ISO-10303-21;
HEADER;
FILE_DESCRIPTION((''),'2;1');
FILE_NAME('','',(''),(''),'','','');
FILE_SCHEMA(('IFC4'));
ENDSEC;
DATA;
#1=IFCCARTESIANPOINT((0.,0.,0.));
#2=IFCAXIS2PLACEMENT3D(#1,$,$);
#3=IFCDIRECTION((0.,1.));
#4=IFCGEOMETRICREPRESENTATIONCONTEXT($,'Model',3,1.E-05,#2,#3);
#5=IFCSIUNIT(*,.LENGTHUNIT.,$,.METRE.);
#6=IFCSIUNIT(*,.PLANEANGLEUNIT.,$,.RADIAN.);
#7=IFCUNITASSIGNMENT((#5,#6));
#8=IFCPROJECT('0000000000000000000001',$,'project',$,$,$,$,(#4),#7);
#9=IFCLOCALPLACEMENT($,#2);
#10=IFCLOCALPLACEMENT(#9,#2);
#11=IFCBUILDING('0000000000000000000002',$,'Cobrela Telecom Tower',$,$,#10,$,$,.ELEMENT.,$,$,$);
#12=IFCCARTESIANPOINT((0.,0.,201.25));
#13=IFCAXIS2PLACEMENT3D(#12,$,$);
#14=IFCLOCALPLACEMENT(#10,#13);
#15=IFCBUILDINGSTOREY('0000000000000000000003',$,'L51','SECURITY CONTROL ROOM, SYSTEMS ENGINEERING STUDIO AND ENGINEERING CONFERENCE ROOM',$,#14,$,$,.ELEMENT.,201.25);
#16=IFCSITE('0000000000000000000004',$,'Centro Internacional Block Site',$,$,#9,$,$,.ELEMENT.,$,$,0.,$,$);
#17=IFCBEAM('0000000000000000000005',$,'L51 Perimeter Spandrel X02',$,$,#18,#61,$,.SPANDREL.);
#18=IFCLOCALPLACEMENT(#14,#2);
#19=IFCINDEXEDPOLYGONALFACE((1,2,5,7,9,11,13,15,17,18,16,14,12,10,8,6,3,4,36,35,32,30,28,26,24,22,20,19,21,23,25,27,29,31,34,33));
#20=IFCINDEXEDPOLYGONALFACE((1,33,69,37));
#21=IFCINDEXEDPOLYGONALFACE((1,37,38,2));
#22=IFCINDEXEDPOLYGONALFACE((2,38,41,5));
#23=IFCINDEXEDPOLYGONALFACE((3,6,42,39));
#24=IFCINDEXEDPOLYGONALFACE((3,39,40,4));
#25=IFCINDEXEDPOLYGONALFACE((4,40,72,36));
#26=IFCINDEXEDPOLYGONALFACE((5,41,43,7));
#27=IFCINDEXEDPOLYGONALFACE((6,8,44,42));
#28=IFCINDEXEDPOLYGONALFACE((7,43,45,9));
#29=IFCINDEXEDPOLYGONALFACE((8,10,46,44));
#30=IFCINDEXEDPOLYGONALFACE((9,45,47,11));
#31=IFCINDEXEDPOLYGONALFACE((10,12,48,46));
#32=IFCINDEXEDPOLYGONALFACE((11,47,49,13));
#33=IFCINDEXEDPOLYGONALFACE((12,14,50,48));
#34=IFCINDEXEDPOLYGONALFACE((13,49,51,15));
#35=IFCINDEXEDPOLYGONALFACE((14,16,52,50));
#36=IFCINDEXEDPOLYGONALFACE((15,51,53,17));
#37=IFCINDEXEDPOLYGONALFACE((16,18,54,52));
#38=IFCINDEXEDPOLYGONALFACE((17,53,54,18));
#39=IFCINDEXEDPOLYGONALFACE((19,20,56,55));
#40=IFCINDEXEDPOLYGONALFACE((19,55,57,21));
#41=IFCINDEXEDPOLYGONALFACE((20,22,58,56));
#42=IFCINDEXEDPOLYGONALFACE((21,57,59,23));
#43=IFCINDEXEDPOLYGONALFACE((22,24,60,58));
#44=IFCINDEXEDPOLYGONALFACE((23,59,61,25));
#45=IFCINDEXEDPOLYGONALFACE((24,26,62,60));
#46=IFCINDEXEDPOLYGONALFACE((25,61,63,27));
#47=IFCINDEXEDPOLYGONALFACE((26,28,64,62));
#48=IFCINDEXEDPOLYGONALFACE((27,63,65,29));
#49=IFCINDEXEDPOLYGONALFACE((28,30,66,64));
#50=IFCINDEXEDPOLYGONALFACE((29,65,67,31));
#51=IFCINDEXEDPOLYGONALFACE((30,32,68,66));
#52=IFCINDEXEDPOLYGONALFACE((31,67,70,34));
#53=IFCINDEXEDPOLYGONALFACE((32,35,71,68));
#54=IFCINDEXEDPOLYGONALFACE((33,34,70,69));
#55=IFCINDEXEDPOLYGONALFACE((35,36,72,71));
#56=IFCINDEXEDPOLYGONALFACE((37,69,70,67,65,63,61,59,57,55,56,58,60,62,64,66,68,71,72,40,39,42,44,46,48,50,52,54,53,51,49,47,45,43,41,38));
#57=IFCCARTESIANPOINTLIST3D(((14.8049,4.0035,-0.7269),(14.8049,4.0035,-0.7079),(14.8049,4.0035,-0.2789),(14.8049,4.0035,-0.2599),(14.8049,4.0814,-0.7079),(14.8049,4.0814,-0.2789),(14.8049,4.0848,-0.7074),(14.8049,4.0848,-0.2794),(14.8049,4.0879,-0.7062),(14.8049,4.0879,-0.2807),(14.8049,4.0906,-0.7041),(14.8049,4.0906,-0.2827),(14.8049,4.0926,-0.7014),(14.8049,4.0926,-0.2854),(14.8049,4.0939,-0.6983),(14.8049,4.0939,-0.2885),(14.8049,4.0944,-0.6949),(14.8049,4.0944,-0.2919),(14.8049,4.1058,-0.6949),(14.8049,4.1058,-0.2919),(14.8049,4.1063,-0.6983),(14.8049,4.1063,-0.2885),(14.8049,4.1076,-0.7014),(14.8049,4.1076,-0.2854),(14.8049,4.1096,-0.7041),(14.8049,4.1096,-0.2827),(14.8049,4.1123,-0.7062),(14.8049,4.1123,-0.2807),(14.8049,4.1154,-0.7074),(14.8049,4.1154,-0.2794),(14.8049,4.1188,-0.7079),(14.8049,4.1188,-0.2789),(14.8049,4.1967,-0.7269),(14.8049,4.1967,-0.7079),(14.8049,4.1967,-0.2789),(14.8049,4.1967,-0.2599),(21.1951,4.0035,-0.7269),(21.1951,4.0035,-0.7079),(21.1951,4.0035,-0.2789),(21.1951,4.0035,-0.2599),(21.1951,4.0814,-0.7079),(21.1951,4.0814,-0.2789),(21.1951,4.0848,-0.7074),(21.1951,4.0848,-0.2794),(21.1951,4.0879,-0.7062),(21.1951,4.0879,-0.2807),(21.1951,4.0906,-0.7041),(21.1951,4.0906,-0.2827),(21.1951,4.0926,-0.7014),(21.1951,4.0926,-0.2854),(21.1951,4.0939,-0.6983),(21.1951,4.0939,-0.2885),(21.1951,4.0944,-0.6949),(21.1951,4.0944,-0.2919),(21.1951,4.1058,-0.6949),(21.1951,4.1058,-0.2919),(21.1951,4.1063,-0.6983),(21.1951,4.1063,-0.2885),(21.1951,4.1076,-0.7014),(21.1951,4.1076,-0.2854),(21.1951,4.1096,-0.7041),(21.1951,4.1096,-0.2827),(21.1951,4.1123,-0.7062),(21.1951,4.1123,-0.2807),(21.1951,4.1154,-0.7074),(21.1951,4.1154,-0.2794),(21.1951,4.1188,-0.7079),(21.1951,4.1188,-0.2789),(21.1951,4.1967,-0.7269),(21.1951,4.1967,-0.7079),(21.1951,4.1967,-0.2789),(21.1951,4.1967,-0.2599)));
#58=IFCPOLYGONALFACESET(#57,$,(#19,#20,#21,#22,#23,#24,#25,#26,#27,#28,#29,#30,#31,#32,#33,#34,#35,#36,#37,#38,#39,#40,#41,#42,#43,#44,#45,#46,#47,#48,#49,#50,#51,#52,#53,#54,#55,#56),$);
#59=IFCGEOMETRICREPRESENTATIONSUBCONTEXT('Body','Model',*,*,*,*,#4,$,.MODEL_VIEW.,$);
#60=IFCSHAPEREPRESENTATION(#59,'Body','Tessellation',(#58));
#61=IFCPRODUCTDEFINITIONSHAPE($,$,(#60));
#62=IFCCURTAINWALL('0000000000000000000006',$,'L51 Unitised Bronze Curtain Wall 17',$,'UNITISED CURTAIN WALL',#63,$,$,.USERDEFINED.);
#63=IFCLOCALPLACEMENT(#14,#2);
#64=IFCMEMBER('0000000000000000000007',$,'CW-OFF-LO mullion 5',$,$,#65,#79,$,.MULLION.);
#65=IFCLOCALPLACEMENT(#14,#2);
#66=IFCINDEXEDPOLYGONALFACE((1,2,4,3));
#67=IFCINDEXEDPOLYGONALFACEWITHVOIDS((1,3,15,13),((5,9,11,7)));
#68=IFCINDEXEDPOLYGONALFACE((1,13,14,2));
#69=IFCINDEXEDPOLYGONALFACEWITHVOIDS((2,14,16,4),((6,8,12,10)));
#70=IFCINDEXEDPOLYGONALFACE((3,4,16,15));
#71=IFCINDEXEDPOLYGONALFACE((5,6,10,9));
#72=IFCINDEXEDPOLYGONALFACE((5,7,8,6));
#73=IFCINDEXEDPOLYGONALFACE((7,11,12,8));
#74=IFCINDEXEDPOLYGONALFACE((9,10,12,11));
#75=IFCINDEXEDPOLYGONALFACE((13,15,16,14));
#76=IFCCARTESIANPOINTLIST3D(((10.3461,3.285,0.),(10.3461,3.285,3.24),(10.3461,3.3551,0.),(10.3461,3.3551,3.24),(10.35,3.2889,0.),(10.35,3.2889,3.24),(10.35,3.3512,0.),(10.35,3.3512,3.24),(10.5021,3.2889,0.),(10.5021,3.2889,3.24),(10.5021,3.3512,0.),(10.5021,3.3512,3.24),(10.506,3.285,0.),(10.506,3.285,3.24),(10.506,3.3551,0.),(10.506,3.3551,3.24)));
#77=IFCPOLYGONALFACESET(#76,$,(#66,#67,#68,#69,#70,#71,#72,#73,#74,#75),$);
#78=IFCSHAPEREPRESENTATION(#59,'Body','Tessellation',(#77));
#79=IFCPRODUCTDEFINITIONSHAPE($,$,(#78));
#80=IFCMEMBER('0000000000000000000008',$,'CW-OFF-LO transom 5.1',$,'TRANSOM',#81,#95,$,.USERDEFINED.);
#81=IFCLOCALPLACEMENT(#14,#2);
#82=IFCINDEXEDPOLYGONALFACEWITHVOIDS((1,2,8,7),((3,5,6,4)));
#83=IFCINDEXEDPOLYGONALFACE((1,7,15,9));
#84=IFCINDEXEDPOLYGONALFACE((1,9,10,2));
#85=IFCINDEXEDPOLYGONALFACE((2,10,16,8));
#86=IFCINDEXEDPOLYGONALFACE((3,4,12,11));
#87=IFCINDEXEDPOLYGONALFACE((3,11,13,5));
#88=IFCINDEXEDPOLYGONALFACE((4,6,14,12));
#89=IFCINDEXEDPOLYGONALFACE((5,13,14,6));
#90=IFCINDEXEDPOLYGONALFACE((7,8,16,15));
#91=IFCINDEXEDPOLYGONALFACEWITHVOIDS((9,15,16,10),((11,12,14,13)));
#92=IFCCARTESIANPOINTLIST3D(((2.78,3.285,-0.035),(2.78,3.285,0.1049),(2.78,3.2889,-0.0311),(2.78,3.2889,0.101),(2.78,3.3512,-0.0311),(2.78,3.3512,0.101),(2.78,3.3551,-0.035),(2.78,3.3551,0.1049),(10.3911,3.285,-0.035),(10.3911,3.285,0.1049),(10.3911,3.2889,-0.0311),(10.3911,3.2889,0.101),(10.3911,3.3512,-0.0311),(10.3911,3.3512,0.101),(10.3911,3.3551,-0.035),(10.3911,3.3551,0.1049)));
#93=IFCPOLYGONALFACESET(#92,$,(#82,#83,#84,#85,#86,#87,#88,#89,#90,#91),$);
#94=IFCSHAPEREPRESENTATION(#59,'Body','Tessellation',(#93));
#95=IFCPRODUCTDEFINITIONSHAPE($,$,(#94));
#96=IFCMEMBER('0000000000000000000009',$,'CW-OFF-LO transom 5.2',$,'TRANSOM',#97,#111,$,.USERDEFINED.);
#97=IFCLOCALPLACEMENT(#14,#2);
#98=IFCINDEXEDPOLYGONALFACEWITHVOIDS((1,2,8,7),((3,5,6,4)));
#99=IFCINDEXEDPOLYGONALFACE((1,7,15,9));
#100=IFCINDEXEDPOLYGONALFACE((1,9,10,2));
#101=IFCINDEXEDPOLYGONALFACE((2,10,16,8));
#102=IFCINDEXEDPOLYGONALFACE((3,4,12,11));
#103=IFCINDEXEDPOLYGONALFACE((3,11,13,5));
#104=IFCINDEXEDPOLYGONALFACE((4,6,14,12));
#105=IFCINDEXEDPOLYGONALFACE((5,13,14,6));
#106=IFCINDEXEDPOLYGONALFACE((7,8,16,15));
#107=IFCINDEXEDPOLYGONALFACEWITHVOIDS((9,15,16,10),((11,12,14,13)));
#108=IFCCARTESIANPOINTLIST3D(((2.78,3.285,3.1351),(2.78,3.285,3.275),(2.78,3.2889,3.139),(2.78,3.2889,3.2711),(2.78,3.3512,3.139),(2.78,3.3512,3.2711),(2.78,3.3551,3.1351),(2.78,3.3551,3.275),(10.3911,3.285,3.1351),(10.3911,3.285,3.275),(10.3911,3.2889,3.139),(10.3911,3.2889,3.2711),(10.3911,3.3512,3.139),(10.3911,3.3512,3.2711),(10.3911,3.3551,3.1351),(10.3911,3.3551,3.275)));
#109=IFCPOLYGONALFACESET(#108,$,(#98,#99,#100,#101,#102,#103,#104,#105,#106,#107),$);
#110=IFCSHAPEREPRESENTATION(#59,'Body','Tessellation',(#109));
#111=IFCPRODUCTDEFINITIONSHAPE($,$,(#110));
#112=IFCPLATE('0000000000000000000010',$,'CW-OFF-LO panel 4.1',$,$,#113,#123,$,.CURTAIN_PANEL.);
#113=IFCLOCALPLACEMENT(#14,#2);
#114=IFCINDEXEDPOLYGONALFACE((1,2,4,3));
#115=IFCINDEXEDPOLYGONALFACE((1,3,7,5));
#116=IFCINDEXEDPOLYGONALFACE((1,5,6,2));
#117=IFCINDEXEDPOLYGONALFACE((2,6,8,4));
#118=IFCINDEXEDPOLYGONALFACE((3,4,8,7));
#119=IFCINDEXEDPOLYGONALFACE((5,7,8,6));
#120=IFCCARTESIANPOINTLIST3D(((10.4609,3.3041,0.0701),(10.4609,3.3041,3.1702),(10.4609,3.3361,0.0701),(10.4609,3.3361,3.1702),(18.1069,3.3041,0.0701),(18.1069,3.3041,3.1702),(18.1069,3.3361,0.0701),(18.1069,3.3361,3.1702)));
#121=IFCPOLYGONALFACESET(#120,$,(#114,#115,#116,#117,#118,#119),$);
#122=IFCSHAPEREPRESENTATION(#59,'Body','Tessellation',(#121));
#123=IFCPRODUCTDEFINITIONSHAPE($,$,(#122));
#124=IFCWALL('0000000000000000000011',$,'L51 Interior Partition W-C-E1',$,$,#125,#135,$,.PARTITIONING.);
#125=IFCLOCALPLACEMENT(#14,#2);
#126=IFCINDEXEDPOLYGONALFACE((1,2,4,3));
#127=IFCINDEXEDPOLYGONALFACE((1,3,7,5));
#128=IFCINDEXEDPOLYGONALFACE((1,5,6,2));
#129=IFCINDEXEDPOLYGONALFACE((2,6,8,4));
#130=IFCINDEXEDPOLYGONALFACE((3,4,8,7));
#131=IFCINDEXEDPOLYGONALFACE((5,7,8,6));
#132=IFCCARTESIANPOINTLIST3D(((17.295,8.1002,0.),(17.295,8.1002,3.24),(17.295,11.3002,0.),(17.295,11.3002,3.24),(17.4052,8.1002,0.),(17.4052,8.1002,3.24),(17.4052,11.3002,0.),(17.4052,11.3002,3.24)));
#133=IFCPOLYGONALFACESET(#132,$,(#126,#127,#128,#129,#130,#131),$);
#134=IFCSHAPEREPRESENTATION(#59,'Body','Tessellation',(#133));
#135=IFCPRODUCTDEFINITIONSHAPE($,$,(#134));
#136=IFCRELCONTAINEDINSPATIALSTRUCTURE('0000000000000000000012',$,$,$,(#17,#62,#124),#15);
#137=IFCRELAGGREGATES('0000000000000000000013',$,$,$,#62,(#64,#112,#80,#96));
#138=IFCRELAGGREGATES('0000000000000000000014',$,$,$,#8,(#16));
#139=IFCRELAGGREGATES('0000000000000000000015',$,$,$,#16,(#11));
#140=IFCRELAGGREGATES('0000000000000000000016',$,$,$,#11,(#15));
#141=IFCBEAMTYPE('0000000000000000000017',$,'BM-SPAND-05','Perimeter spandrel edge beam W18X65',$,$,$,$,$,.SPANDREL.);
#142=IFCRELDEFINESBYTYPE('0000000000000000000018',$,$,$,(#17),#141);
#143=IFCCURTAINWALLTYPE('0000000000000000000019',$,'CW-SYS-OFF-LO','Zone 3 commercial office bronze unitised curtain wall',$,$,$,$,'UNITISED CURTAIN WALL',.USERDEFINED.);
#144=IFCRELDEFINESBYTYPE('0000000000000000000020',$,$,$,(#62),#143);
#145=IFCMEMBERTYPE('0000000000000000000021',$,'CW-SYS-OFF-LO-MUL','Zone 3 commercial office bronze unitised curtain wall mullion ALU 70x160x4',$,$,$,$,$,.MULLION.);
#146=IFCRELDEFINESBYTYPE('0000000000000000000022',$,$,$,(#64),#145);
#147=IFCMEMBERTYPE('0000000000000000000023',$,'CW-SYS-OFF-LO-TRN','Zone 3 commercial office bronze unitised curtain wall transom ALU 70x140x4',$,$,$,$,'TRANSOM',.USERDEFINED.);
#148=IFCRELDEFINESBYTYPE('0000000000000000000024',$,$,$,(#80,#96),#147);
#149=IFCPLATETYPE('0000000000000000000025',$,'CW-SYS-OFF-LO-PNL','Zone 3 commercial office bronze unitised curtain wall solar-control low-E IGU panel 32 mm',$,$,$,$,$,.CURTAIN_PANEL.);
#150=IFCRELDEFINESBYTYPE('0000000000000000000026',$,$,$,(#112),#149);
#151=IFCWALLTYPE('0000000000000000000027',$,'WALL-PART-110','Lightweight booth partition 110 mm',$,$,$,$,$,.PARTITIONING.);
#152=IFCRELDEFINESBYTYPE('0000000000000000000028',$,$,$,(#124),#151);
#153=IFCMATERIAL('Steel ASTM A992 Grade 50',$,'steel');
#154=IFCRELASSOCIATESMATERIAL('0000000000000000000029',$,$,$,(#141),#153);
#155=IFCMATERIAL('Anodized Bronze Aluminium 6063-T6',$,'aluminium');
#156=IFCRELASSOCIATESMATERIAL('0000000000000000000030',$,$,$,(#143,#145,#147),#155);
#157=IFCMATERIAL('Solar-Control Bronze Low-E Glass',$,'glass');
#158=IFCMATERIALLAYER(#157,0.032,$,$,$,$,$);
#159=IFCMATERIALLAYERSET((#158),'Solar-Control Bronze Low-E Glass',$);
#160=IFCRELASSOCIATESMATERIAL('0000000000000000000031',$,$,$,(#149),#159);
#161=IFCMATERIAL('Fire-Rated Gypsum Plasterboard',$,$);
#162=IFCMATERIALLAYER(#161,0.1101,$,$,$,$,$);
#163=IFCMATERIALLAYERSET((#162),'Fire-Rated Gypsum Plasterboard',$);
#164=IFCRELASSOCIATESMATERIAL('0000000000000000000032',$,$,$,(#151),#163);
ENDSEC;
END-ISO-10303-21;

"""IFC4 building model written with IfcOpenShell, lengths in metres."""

from ifc_helpers import new_model, si_unit, direction, frame, frame_2d, origin, origin_2d, place, context, subcontext, project, spatial, rectangle, hollow_rectangle, i_section, extrude, material, layer, layer_set, material_profile, profile_set, type_object, element, aggregate, save


model = new_model("IFC4")

# Units and contexts
model_context = context("Model", 3, precision=1e-05, world=origin(), true_north=direction((0.0, 1.0)))
body_context = subcontext(model_context, "Body", "Model", "MODEL_VIEW")
ifc_project = project(units=[si_unit("LENGTHUNIT", "METRE"), si_unit("PLANEANGLEUNIT", "RADIAN")], contexts=[model_context])

# Site, building, storey
site_placement = place(None, origin())
site = spatial("IfcSite", under=ifc_project, at=site_placement, Name="Centro Internacional Block Site", CompositionType="ELEMENT", RefElevation=0.0)
building_placement = place(site_placement, origin())
building = spatial("IfcBuilding", under=site, at=building_placement, Name="Cobrela Telecom Tower", CompositionType="ELEMENT")
storey_placement = place(building_placement, frame((0.0, 0.0, 201.25)))
storey = spatial("IfcBuildingStorey", under=building, at=storey_placement, Name="L51", Description="SECURITY CONTROL ROOM, SYSTEMS ENGINEERING STUDIO AND ENGINEERING CONFERENCE ROOM", CompositionType="ELEMENT", Elevation=201.25)

# Beam
ifc_material_1 = material(Name="Steel ASTM A992 Grade 50", Category="steel")
ifc_material_profile_1 = material_profile(ifc_material_1, i_section(OverallWidth=0.1931, OverallDepth=0.467, WebThickness=0.0115, FlangeThickness=0.019, FilletRadius=0.0129, at=origin_2d()), Name="W18X65")
ifc_profile_set_1 = profile_set([ifc_material_profile_1], Name="Steel ASTM A992 Grade 50")
beam_type_1 = type_object("IfcBeamType", Name="BM-SPAND-05", Description="Perimeter spandrel edge beam W18X65", PredefinedType="SPANDREL", material=ifc_profile_set_1)
for number, where, z_axis, x_axis, name in (
    (1, (14.8049, 4.1001, -0.4934), (1.0, 0.0, 0.0), (0.0, 1.0, 0.0), "L51 Perimeter Spandrel X02"),
):
    element("IfcBeam", number, at=place(storey_placement, frame(where, z_axis=z_axis, x_axis=x_axis)), inside=storey, type_object=beam_type_1, Name=name, PredefinedType="SPANDREL", context=body_context, shape_type="SweptSolid", body=[
        extrude(i_section(OverallWidth=0.1931, OverallDepth=0.467, WebThickness=0.0115, FlangeThickness=0.019, FilletRadius=0.0129, at=origin_2d()), origin(), (0.0, 0.0, 1.0), 6.3901),
    ])

# Curtain wall, members, plate
ifc_material_2 = material(Name="Anodized Bronze Aluminium 6063-T6", Category="aluminium")
curtain_wall_type = type_object("IfcCurtainWallType", Name="CW-SYS-OFF-LO", Description="Zone 3 commercial office bronze unitised curtain wall", ElementType="UNITISED CURTAIN WALL", PredefinedType="USERDEFINED", material=ifc_material_2)
curtain_wall_placement = place(storey_placement, origin())
curtain_wall = element("IfcCurtainWall", 2, at=curtain_wall_placement, inside=storey, type_object=curtain_wall_type, Name="L51 Unitised Bronze Curtain Wall 17", ObjectType="UNITISED CURTAIN WALL", PredefinedType="USERDEFINED")
ifc_material_profile_2 = material_profile(ifc_material_2, hollow_rectangle(XDim=0.0701, YDim=0.1599, WallThickness=0.0039, at=origin_2d()), Name="ALU 70x160x4")
ifc_profile_set_2 = profile_set([ifc_material_profile_2], Name="Anodized Bronze Aluminium 6063-T6")
member_type_1 = type_object("IfcMemberType", Name="CW-SYS-OFF-LO-MUL", Description="Zone 3 commercial office bronze unitised curtain wall mullion ALU 70x160x4", PredefinedType="MULLION", material=ifc_profile_set_2)
member_1_placement = place(storey_placement, frame((10.426, 3.3201, 0.0), z_axis=(0.0, 0.0, 1.0), x_axis=(0.0, -1.0, 0.0)))
member_1 = element("IfcMember", 3, at=member_1_placement, type_object=member_type_1, Name="CW-OFF-LO mullion 5", PredefinedType="MULLION", context=body_context, shape_type="SweptSolid", body=[
    extrude(hollow_rectangle(XDim=0.0701, YDim=0.1599, WallThickness=0.0039, at=origin_2d()), origin(), (0.0, 0.0, 1.0), 3.24),
])
ifc_material_profile_3 = material_profile(ifc_material_2, hollow_rectangle(XDim=0.0701, YDim=0.1399, WallThickness=0.0039, at=origin_2d()), Name="ALU 70x140x4")
ifc_profile_set_3 = profile_set([ifc_material_profile_3], Name="Anodized Bronze Aluminium 6063-T6")
member_type_2 = type_object("IfcMemberType", Name="CW-SYS-OFF-LO-TRN", Description="Zone 3 commercial office bronze unitised curtain wall transom ALU 70x140x4", ElementType="TRANSOM", PredefinedType="USERDEFINED", material=ifc_profile_set_3)
member_2_placement = place(storey_placement, frame((10.3911, 3.3201, 0.0349), z_axis=(-1.0, 0.0, 0.0), x_axis=(0.0, -1.0, 0.0)))
member_2 = element("IfcMember", 4, at=member_2_placement, type_object=member_type_2, Name="CW-OFF-LO transom 5.1", ObjectType="TRANSOM", PredefinedType="USERDEFINED", context=body_context, shape_type="SweptSolid", body=[
    extrude(hollow_rectangle(XDim=0.0701, YDim=0.1399, WallThickness=0.0039, at=origin_2d()), origin(), (0.0, 0.0, 1.0), 7.6111),
])
member_3_placement = place(storey_placement, frame((10.3911, 3.3201, 3.2051), z_axis=(-1.0, 0.0, 0.0), x_axis=(0.0, -1.0, 0.0)))
member_3 = element("IfcMember", 5, at=member_3_placement, type_object=member_type_2, Name="CW-OFF-LO transom 5.2", ObjectType="TRANSOM", PredefinedType="USERDEFINED", context=body_context, shape_type="SweptSolid", body=[
    extrude(hollow_rectangle(XDim=0.0701, YDim=0.1399, WallThickness=0.0039, at=origin_2d()), origin(), (0.0, 0.0, 1.0), 7.6111),
])
ifc_material_3 = material(Name="Solar-Control Bronze Low-E Glass", Category="glass")
ifc_layer_1 = layer(ifc_material_3, 0.032)
ifc_layer_set_1 = layer_set([ifc_layer_1], Name="Solar-Control Bronze Low-E Glass")
plate_type = type_object("IfcPlateType", Name="CW-SYS-OFF-LO-PNL", Description="Zone 3 commercial office bronze unitised curtain wall solar-control low-E IGU panel 32 mm", PredefinedType="CURTAIN_PANEL", material=ifc_layer_set_1)
plate_placement = place(storey_placement, frame((14.2839, 3.3201, 0.0701), z_axis=(0.0, 0.0, 1.0), x_axis=(-1.0, 0.0, 0.0)))
plate = element("IfcPlate", 6, at=plate_placement, type_object=plate_type, Name="CW-OFF-LO panel 4.1", PredefinedType="CURTAIN_PANEL", context=body_context, shape_type="SweptSolid", body=[
    extrude(rectangle(XDim=7.646, YDim=0.032, at=origin_2d()), origin(), (0.0, 0.0, 1.0), 3.1001),
])
aggregate(curtain_wall, [member_1, plate, member_2, member_3])

# Wall
ifc_material_4 = material(Name="Fire-Rated Gypsum Plasterboard")
ifc_layer_2 = layer(ifc_material_4, 0.1101)
ifc_layer_set_2 = layer_set([ifc_layer_2], Name="Fire-Rated Gypsum Plasterboard")
wall_type_1 = type_object("IfcWallType", Name="WALL-PART-110", Description="Lightweight booth partition 110 mm", PredefinedType="PARTITIONING", material=ifc_layer_set_2)
wall_1_placement = place(storey_placement, frame((17.3501, 8.1001, 0.0), z_axis=(0.0, 0.0, 1.0), x_axis=(0.0, 1.0, 0.0)))
element("IfcWall", 7, at=wall_1_placement, inside=storey, type_object=wall_type_1, Name="L51 Interior Partition W-C-E1", PredefinedType="PARTITIONING", context=body_context, shape_type="SweptSolid", body=[
    extrude(rectangle(XDim=3.2, YDim=0.1101, at=frame_2d((1.6001, 0.0))), origin(), (0.0, 0.0, 1.0), 3.24),
])

save(model, "model.ifc")
